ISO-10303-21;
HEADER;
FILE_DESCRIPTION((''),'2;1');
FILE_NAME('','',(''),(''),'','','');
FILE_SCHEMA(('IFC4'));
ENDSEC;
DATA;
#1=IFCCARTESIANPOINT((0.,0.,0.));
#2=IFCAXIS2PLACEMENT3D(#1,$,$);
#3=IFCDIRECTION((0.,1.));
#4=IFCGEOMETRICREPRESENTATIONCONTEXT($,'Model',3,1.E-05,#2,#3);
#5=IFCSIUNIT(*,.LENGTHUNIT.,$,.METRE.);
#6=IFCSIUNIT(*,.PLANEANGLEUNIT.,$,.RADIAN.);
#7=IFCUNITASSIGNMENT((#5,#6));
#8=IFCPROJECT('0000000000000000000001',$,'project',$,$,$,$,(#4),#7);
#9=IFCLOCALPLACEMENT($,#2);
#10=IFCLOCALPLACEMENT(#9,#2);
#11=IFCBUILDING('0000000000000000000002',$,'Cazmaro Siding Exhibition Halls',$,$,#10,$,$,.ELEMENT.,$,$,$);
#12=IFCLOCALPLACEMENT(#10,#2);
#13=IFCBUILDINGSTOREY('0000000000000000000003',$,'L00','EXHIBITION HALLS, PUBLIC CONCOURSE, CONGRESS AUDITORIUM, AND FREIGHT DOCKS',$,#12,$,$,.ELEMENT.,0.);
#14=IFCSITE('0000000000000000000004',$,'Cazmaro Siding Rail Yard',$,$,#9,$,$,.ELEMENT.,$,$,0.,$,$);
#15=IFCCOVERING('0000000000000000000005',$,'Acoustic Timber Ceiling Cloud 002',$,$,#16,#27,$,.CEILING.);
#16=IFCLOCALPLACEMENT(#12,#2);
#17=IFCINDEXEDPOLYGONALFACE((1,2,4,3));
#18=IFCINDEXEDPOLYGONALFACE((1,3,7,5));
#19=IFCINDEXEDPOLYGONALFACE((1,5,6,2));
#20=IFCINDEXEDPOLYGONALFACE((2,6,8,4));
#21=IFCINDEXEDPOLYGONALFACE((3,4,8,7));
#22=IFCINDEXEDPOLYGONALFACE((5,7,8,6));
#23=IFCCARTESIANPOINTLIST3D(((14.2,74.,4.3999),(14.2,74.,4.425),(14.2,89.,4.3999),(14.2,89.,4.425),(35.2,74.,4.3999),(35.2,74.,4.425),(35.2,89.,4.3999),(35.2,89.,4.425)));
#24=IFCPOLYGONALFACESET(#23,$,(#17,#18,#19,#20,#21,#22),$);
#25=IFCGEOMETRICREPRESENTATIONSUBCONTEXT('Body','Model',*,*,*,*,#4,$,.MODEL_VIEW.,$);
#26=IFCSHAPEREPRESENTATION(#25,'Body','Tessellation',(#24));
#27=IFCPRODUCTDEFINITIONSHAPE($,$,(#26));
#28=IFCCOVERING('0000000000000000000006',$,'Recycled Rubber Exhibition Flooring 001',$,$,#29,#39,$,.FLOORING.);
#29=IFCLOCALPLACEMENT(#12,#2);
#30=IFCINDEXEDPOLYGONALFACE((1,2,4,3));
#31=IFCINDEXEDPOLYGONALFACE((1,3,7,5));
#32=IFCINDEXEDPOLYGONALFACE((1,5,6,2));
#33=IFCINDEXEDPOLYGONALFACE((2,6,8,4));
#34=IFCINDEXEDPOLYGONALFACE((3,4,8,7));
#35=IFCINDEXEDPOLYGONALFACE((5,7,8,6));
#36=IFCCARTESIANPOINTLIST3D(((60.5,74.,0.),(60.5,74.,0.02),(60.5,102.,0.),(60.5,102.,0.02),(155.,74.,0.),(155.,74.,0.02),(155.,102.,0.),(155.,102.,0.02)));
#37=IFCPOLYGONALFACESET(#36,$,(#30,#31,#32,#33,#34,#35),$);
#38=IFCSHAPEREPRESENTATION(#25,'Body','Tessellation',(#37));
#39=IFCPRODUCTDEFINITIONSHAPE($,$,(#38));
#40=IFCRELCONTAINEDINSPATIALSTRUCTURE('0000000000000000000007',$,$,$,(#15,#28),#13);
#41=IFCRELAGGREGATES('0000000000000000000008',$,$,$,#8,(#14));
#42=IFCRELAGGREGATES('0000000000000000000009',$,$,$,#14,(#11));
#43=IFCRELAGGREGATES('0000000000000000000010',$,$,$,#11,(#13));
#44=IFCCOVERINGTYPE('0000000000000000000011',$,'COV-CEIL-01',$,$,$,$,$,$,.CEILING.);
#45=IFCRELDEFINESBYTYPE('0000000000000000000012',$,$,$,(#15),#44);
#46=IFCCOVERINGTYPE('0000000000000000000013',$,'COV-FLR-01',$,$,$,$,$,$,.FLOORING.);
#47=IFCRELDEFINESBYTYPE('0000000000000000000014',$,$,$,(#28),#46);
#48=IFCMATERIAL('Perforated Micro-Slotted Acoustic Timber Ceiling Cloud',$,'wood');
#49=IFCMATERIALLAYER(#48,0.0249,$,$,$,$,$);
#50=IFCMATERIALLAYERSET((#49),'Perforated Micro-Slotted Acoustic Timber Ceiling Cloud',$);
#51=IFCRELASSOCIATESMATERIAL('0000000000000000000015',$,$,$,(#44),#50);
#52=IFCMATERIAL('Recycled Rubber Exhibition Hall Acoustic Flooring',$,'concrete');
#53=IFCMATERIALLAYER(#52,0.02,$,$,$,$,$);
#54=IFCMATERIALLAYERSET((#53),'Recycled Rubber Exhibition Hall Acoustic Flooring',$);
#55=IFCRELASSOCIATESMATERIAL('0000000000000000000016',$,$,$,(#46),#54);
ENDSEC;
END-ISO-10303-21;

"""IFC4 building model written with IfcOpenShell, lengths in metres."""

from ifc_helpers import new_model, si_unit, direction, frame, origin, place, context, subcontext, project, spatial, polyline, outline, extrude, material, layer, layer_set, type_object, element, save


model = new_model("IFC4")

# Units and contexts
model_context = context("Model", 3, precision=1e-05, world=origin(), true_north=direction((0.0, 1.0)))
body_context = subcontext(model_context, "Body", "Model", "MODEL_VIEW")
ifc_project = project(units=[si_unit("LENGTHUNIT", "METRE"), si_unit("PLANEANGLEUNIT", "RADIAN")], contexts=[model_context])

# Site, building, storey
site_placement = place(None, origin())
site = spatial("IfcSite", under=ifc_project, at=site_placement, Name="Cazmaro Siding Rail Yard", CompositionType="ELEMENT", RefElevation=0.0)
building_placement = place(site_placement, origin())
building = spatial("IfcBuilding", under=site, at=building_placement, Name="Cazmaro Siding Exhibition Halls", CompositionType="ELEMENT")
storey_placement = place(building_placement, origin())
storey = spatial("IfcBuildingStorey", under=building, at=storey_placement, Name="L00", Description="EXHIBITION HALLS, PUBLIC CONCOURSE, CONGRESS AUDITORIUM, AND FREIGHT DOCKS", CompositionType="ELEMENT", Elevation=0.0)

# Coverings
ifc_material_1 = material(Name="Perforated Micro-Slotted Acoustic Timber Ceiling Cloud", Category="wood")
ifc_layer_1 = layer(ifc_material_1, 0.0249)
ifc_layer_set_1 = layer_set([ifc_layer_1], Name="Perforated Micro-Slotted Acoustic Timber Ceiling Cloud")
covering_type_1 = type_object("IfcCoveringType", Name="COV-CEIL-01", PredefinedType="CEILING", material=ifc_layer_set_1)
covering_1_placement = place(storey_placement, frame((0.0, 0.0, 4.3999)))
element("IfcCovering", 1, at=covering_1_placement, inside=storey, type_object=covering_type_1, Name="Acoustic Timber Ceiling Cloud 002", PredefinedType="CEILING", context=body_context, shape_type="SweptSolid", body=[
    extrude(outline(polyline([(14.2, 74.0), (35.2, 74.0), (35.2, 89.0), (14.2, 89.0), (14.2, 74.0)])), origin(), (0.0, 0.0, 1.0), 0.0251),
])
ifc_material_2 = material(Name="Recycled Rubber Exhibition Hall Acoustic Flooring", Category="concrete")
ifc_layer_2 = layer(ifc_material_2, 0.02)
ifc_layer_set_2 = layer_set([ifc_layer_2], Name="Recycled Rubber Exhibition Hall Acoustic Flooring")
covering_type_2 = type_object("IfcCoveringType", Name="COV-FLR-01", PredefinedType="FLOORING", material=ifc_layer_set_2)
covering_2_placement = place(storey_placement, origin())
element("IfcCovering", 2, at=covering_2_placement, inside=storey, type_object=covering_type_2, Name="Recycled Rubber Exhibition Flooring 001", PredefinedType="FLOORING", context=body_context, shape_type="SweptSolid", body=[
    extrude(outline(polyline([(60.5, 74.0), (155.0, 74.0), (155.0, 102.0), (60.5, 102.0), (60.5, 74.0)])), origin(), (0.0, 0.0, 1.0), 0.02),
])

save(model, "model.ifc")
